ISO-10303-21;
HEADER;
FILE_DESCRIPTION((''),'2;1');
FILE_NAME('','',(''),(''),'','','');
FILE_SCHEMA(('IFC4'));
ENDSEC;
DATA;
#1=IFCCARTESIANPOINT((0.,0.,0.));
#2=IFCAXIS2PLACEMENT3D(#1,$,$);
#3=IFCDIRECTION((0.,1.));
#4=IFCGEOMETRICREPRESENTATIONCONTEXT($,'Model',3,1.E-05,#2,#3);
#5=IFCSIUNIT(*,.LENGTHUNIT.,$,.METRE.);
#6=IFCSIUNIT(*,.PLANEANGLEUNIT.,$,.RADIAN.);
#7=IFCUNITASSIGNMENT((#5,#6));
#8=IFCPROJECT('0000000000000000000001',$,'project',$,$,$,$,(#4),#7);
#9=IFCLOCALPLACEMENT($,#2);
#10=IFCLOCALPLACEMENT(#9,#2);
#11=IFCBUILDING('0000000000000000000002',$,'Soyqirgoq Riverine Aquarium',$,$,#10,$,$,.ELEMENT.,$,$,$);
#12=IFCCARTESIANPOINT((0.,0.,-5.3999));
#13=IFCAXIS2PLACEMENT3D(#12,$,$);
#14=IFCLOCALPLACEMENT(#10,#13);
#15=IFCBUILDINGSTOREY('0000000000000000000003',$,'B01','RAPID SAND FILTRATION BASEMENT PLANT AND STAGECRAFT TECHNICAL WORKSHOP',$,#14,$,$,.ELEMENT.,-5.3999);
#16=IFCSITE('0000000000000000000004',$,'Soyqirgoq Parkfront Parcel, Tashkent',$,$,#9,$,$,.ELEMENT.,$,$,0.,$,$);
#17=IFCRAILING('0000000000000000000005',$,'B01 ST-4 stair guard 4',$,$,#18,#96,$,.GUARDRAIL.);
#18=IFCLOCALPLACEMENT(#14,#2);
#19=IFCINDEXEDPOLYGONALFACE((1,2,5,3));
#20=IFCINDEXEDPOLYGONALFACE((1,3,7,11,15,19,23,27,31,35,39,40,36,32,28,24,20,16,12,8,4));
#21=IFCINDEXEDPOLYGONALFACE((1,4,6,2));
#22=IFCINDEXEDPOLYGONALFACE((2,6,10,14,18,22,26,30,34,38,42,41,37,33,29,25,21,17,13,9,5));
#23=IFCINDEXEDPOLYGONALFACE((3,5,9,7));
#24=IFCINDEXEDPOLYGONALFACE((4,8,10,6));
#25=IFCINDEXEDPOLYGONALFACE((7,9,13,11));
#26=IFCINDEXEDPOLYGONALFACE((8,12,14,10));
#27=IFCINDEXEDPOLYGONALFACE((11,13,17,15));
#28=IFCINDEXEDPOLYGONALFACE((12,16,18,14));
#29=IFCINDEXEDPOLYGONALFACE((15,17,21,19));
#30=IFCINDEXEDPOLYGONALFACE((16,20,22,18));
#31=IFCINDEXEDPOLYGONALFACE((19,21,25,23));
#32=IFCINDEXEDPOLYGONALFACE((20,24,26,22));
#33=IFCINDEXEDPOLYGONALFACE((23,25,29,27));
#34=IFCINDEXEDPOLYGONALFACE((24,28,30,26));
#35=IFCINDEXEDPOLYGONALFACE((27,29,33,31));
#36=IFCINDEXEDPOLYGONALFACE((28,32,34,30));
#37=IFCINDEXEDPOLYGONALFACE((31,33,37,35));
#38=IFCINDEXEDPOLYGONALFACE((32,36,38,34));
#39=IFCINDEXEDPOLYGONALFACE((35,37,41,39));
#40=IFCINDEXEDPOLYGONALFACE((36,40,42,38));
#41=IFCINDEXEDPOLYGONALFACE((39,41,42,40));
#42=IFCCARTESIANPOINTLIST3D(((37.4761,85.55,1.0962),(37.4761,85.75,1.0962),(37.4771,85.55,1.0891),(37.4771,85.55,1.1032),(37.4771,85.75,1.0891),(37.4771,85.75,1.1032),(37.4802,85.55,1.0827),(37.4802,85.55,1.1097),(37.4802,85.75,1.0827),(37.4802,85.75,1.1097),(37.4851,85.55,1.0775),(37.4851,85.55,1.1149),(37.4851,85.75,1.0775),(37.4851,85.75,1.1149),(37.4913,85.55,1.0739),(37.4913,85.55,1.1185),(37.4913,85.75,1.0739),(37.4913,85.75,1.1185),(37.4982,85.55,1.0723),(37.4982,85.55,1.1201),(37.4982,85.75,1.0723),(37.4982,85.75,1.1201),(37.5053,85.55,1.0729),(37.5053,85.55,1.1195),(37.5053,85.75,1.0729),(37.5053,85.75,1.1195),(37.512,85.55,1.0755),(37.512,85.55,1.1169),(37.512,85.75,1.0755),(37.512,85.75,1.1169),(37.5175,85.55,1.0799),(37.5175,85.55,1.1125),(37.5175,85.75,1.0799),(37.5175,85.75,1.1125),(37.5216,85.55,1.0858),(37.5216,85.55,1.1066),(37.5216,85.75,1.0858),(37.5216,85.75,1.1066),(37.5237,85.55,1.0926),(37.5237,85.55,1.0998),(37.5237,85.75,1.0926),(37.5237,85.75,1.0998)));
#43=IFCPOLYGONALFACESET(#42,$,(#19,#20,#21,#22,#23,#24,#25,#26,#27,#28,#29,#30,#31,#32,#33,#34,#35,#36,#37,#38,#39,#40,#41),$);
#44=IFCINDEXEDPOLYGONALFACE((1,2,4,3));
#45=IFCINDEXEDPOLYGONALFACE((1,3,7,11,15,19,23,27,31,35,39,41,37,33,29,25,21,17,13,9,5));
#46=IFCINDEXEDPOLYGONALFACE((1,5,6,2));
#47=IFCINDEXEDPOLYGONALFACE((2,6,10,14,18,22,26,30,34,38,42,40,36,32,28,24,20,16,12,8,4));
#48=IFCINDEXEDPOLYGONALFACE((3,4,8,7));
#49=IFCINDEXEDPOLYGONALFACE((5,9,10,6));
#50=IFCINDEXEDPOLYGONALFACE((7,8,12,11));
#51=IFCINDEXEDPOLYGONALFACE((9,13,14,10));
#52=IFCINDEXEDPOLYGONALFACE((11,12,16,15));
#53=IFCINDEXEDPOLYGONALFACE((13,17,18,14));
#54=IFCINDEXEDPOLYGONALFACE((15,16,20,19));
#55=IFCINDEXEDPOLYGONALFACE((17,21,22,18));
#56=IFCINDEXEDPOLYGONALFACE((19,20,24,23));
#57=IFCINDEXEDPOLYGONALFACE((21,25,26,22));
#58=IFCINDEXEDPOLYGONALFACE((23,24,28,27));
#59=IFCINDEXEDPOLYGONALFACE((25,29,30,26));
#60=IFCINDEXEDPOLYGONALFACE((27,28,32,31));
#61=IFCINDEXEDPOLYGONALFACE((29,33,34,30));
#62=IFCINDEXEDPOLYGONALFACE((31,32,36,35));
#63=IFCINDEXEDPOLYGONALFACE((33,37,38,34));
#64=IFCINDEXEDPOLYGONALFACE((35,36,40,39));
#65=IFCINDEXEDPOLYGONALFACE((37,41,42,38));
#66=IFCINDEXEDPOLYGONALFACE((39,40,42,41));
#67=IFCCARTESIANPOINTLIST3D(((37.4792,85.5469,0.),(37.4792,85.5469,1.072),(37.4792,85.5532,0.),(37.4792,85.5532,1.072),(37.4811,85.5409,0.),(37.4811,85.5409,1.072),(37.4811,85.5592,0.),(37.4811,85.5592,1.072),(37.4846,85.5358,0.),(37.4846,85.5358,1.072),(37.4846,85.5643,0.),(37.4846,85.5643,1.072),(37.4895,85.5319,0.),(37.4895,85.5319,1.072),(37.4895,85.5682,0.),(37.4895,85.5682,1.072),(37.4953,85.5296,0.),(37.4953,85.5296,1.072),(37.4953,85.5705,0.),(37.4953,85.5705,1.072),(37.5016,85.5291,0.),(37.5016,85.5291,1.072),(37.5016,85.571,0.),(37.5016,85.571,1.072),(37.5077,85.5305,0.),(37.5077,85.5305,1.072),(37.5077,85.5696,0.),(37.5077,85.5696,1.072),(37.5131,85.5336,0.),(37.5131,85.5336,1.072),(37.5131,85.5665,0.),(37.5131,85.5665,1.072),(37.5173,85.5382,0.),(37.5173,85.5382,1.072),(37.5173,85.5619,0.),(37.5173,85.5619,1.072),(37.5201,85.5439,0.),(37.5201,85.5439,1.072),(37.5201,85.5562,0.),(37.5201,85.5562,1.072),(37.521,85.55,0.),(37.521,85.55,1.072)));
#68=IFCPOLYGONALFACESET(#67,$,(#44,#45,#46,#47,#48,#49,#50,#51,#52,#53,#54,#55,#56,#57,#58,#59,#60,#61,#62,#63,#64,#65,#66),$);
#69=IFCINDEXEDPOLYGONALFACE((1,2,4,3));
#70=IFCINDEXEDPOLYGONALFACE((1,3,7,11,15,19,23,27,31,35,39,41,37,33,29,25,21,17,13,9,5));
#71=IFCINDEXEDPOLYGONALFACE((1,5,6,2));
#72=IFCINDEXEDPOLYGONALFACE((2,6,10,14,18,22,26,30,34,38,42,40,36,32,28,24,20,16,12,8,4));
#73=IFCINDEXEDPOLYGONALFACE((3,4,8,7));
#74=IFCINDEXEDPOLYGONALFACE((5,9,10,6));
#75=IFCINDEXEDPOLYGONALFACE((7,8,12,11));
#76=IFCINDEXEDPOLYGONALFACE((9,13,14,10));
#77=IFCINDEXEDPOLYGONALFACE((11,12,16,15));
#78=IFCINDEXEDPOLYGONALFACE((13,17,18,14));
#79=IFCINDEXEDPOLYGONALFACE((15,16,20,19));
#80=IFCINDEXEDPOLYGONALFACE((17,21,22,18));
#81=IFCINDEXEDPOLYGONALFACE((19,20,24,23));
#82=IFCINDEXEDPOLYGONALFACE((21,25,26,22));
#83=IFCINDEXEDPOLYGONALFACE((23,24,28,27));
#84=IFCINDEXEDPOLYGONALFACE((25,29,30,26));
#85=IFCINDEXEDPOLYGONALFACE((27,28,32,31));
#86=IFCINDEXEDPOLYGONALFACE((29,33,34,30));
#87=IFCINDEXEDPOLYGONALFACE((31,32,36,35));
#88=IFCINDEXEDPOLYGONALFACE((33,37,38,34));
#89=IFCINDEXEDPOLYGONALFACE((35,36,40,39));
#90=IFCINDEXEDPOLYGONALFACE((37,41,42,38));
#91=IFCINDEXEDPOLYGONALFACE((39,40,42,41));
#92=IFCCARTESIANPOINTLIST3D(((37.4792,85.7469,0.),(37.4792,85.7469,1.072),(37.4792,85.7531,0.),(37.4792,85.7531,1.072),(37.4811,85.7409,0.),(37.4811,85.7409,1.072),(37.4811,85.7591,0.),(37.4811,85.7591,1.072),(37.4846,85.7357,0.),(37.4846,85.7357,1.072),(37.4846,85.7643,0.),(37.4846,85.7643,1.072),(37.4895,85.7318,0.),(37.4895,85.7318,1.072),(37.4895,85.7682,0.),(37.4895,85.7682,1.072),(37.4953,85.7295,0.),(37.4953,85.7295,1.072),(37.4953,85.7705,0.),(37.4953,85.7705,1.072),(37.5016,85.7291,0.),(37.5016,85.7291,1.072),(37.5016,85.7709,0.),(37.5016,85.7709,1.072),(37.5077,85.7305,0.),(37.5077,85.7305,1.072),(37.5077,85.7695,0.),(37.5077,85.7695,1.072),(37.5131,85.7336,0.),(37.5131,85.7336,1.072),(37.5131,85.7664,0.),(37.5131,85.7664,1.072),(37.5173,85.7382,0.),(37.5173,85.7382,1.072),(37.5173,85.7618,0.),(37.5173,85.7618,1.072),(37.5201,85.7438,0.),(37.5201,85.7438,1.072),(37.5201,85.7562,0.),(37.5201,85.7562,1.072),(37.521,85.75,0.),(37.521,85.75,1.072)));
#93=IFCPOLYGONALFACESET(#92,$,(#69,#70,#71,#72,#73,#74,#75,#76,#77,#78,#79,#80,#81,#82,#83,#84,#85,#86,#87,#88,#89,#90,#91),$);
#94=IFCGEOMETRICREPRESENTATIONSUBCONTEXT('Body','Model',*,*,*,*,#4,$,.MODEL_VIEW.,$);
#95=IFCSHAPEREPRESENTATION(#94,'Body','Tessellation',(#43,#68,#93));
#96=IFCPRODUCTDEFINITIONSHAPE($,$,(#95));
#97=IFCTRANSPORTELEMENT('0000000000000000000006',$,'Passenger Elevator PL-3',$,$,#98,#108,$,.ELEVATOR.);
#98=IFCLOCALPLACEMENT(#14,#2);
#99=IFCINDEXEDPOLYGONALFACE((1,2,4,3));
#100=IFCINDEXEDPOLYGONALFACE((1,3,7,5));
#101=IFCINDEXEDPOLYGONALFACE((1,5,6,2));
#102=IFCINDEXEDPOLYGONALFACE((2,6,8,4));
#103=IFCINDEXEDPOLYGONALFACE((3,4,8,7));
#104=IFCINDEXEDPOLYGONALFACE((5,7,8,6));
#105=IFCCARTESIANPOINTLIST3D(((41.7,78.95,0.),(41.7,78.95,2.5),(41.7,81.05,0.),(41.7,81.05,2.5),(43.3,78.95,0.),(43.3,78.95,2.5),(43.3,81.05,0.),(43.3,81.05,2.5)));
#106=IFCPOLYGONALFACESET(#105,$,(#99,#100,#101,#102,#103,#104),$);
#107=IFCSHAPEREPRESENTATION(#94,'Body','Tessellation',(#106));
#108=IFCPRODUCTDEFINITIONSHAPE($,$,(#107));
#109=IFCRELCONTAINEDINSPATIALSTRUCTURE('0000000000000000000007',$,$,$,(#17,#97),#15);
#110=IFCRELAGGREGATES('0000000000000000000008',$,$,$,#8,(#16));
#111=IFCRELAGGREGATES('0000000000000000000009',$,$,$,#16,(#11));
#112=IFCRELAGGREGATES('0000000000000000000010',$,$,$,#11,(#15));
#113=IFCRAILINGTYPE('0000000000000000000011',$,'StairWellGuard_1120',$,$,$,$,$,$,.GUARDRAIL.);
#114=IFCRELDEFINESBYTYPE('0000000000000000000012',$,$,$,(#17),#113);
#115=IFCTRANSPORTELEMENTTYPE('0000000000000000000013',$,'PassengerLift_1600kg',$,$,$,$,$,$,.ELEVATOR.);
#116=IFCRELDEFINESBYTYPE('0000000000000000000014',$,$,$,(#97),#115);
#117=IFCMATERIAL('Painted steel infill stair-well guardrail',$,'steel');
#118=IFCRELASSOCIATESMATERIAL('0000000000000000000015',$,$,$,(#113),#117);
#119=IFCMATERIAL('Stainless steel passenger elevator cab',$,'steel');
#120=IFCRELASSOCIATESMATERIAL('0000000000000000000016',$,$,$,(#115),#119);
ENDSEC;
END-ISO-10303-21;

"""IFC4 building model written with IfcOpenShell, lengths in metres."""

from ifc_helpers import new_model, si_unit, direction, frame, origin, origin_2d, place, context, subcontext, project, spatial, rectangle, circle, extrude, material, type_object, element, save


model = new_model("IFC4")

# Units and contexts
model_context = context("Model", 3, precision=1e-05, world=origin(), true_north=direction((0.0, 1.0)))
body_context = subcontext(model_context, "Body", "Model", "MODEL_VIEW")
ifc_project = project(units=[si_unit("LENGTHUNIT", "METRE"), si_unit("PLANEANGLEUNIT", "RADIAN")], contexts=[model_context])

# Site, building, storey
site_placement = place(None, origin())
site = spatial("IfcSite", under=ifc_project, at=site_placement, Name="Soyqirgoq Parkfront Parcel, Tashkent", CompositionType="ELEMENT", RefElevation=0.0)
building_placement = place(site_placement, origin())
building = spatial("IfcBuilding", under=site, at=building_placement, Name="Soyqirgoq Riverine Aquarium", CompositionType="ELEMENT")
storey_placement = place(building_placement, frame((0.0, 0.0, -5.3999)))
storey = spatial("IfcBuildingStorey", under=building, at=storey_placement, Name="B01", Description="RAPID SAND FILTRATION BASEMENT PLANT AND STAGECRAFT TECHNICAL WORKSHOP", CompositionType="ELEMENT", Elevation=-5.3999)

# Railing
ifc_material_1 = material(Name="Painted steel infill stair-well guardrail", Category="steel")
railing_type_1 = type_object("IfcRailingType", Name="StairWellGuard_1120", PredefinedType="GUARDRAIL", material=ifc_material_1)
railing_1_placement = place(storey_placement, frame((37.5, 85.55, 0.0)))
element("IfcRailing", 1, at=railing_1_placement, inside=storey, type_object=railing_type_1, Name="B01 ST-4 stair guard 4", PredefinedType="GUARDRAIL", context=body_context, shape_type="SweptSolid", body=[
    extrude(circle(Radius=0.0239, at=origin_2d()), frame((0.0, 0.0, 1.0962), z_axis=(0.0, 1.0, 0.0), x_axis=(-1.0, 0.0, 0.0)), (0.0, 0.0, 1.0), 0.2),
    extrude(circle(Radius=0.021, at=origin_2d()), origin(), (0.0, 0.0, 1.0), 1.072),
    extrude(circle(Radius=0.021, at=origin_2d()), frame((0.0, 0.2, 0.0)), (0.0, 0.0, 1.0), 1.072),
])

# Transport element
ifc_material_2 = material(Name="Stainless steel passenger elevator cab", Category="steel")
transport_element_type = type_object("IfcTransportElementType", Name="PassengerLift_1600kg", PredefinedType="ELEVATOR", material=ifc_material_2)
transport_element_placement = place(storey_placement, frame((42.5, 80.0, 0.0), z_axis=(0.0, 0.0, 1.0), x_axis=(1.0, 0.0, 0.0)))
element("IfcTransportElement", 2, at=transport_element_placement, inside=storey, type_object=transport_element_type, Name="Passenger Elevator PL-3", PredefinedType="ELEVATOR", context=body_context, shape_type="SweptSolid", body=[
    extrude(rectangle(XDim=1.6001, YDim=2.1001, at=origin_2d()), origin(), (0.0, 0.0, 1.0), 2.5),
])

save(model, "model.ifc")
